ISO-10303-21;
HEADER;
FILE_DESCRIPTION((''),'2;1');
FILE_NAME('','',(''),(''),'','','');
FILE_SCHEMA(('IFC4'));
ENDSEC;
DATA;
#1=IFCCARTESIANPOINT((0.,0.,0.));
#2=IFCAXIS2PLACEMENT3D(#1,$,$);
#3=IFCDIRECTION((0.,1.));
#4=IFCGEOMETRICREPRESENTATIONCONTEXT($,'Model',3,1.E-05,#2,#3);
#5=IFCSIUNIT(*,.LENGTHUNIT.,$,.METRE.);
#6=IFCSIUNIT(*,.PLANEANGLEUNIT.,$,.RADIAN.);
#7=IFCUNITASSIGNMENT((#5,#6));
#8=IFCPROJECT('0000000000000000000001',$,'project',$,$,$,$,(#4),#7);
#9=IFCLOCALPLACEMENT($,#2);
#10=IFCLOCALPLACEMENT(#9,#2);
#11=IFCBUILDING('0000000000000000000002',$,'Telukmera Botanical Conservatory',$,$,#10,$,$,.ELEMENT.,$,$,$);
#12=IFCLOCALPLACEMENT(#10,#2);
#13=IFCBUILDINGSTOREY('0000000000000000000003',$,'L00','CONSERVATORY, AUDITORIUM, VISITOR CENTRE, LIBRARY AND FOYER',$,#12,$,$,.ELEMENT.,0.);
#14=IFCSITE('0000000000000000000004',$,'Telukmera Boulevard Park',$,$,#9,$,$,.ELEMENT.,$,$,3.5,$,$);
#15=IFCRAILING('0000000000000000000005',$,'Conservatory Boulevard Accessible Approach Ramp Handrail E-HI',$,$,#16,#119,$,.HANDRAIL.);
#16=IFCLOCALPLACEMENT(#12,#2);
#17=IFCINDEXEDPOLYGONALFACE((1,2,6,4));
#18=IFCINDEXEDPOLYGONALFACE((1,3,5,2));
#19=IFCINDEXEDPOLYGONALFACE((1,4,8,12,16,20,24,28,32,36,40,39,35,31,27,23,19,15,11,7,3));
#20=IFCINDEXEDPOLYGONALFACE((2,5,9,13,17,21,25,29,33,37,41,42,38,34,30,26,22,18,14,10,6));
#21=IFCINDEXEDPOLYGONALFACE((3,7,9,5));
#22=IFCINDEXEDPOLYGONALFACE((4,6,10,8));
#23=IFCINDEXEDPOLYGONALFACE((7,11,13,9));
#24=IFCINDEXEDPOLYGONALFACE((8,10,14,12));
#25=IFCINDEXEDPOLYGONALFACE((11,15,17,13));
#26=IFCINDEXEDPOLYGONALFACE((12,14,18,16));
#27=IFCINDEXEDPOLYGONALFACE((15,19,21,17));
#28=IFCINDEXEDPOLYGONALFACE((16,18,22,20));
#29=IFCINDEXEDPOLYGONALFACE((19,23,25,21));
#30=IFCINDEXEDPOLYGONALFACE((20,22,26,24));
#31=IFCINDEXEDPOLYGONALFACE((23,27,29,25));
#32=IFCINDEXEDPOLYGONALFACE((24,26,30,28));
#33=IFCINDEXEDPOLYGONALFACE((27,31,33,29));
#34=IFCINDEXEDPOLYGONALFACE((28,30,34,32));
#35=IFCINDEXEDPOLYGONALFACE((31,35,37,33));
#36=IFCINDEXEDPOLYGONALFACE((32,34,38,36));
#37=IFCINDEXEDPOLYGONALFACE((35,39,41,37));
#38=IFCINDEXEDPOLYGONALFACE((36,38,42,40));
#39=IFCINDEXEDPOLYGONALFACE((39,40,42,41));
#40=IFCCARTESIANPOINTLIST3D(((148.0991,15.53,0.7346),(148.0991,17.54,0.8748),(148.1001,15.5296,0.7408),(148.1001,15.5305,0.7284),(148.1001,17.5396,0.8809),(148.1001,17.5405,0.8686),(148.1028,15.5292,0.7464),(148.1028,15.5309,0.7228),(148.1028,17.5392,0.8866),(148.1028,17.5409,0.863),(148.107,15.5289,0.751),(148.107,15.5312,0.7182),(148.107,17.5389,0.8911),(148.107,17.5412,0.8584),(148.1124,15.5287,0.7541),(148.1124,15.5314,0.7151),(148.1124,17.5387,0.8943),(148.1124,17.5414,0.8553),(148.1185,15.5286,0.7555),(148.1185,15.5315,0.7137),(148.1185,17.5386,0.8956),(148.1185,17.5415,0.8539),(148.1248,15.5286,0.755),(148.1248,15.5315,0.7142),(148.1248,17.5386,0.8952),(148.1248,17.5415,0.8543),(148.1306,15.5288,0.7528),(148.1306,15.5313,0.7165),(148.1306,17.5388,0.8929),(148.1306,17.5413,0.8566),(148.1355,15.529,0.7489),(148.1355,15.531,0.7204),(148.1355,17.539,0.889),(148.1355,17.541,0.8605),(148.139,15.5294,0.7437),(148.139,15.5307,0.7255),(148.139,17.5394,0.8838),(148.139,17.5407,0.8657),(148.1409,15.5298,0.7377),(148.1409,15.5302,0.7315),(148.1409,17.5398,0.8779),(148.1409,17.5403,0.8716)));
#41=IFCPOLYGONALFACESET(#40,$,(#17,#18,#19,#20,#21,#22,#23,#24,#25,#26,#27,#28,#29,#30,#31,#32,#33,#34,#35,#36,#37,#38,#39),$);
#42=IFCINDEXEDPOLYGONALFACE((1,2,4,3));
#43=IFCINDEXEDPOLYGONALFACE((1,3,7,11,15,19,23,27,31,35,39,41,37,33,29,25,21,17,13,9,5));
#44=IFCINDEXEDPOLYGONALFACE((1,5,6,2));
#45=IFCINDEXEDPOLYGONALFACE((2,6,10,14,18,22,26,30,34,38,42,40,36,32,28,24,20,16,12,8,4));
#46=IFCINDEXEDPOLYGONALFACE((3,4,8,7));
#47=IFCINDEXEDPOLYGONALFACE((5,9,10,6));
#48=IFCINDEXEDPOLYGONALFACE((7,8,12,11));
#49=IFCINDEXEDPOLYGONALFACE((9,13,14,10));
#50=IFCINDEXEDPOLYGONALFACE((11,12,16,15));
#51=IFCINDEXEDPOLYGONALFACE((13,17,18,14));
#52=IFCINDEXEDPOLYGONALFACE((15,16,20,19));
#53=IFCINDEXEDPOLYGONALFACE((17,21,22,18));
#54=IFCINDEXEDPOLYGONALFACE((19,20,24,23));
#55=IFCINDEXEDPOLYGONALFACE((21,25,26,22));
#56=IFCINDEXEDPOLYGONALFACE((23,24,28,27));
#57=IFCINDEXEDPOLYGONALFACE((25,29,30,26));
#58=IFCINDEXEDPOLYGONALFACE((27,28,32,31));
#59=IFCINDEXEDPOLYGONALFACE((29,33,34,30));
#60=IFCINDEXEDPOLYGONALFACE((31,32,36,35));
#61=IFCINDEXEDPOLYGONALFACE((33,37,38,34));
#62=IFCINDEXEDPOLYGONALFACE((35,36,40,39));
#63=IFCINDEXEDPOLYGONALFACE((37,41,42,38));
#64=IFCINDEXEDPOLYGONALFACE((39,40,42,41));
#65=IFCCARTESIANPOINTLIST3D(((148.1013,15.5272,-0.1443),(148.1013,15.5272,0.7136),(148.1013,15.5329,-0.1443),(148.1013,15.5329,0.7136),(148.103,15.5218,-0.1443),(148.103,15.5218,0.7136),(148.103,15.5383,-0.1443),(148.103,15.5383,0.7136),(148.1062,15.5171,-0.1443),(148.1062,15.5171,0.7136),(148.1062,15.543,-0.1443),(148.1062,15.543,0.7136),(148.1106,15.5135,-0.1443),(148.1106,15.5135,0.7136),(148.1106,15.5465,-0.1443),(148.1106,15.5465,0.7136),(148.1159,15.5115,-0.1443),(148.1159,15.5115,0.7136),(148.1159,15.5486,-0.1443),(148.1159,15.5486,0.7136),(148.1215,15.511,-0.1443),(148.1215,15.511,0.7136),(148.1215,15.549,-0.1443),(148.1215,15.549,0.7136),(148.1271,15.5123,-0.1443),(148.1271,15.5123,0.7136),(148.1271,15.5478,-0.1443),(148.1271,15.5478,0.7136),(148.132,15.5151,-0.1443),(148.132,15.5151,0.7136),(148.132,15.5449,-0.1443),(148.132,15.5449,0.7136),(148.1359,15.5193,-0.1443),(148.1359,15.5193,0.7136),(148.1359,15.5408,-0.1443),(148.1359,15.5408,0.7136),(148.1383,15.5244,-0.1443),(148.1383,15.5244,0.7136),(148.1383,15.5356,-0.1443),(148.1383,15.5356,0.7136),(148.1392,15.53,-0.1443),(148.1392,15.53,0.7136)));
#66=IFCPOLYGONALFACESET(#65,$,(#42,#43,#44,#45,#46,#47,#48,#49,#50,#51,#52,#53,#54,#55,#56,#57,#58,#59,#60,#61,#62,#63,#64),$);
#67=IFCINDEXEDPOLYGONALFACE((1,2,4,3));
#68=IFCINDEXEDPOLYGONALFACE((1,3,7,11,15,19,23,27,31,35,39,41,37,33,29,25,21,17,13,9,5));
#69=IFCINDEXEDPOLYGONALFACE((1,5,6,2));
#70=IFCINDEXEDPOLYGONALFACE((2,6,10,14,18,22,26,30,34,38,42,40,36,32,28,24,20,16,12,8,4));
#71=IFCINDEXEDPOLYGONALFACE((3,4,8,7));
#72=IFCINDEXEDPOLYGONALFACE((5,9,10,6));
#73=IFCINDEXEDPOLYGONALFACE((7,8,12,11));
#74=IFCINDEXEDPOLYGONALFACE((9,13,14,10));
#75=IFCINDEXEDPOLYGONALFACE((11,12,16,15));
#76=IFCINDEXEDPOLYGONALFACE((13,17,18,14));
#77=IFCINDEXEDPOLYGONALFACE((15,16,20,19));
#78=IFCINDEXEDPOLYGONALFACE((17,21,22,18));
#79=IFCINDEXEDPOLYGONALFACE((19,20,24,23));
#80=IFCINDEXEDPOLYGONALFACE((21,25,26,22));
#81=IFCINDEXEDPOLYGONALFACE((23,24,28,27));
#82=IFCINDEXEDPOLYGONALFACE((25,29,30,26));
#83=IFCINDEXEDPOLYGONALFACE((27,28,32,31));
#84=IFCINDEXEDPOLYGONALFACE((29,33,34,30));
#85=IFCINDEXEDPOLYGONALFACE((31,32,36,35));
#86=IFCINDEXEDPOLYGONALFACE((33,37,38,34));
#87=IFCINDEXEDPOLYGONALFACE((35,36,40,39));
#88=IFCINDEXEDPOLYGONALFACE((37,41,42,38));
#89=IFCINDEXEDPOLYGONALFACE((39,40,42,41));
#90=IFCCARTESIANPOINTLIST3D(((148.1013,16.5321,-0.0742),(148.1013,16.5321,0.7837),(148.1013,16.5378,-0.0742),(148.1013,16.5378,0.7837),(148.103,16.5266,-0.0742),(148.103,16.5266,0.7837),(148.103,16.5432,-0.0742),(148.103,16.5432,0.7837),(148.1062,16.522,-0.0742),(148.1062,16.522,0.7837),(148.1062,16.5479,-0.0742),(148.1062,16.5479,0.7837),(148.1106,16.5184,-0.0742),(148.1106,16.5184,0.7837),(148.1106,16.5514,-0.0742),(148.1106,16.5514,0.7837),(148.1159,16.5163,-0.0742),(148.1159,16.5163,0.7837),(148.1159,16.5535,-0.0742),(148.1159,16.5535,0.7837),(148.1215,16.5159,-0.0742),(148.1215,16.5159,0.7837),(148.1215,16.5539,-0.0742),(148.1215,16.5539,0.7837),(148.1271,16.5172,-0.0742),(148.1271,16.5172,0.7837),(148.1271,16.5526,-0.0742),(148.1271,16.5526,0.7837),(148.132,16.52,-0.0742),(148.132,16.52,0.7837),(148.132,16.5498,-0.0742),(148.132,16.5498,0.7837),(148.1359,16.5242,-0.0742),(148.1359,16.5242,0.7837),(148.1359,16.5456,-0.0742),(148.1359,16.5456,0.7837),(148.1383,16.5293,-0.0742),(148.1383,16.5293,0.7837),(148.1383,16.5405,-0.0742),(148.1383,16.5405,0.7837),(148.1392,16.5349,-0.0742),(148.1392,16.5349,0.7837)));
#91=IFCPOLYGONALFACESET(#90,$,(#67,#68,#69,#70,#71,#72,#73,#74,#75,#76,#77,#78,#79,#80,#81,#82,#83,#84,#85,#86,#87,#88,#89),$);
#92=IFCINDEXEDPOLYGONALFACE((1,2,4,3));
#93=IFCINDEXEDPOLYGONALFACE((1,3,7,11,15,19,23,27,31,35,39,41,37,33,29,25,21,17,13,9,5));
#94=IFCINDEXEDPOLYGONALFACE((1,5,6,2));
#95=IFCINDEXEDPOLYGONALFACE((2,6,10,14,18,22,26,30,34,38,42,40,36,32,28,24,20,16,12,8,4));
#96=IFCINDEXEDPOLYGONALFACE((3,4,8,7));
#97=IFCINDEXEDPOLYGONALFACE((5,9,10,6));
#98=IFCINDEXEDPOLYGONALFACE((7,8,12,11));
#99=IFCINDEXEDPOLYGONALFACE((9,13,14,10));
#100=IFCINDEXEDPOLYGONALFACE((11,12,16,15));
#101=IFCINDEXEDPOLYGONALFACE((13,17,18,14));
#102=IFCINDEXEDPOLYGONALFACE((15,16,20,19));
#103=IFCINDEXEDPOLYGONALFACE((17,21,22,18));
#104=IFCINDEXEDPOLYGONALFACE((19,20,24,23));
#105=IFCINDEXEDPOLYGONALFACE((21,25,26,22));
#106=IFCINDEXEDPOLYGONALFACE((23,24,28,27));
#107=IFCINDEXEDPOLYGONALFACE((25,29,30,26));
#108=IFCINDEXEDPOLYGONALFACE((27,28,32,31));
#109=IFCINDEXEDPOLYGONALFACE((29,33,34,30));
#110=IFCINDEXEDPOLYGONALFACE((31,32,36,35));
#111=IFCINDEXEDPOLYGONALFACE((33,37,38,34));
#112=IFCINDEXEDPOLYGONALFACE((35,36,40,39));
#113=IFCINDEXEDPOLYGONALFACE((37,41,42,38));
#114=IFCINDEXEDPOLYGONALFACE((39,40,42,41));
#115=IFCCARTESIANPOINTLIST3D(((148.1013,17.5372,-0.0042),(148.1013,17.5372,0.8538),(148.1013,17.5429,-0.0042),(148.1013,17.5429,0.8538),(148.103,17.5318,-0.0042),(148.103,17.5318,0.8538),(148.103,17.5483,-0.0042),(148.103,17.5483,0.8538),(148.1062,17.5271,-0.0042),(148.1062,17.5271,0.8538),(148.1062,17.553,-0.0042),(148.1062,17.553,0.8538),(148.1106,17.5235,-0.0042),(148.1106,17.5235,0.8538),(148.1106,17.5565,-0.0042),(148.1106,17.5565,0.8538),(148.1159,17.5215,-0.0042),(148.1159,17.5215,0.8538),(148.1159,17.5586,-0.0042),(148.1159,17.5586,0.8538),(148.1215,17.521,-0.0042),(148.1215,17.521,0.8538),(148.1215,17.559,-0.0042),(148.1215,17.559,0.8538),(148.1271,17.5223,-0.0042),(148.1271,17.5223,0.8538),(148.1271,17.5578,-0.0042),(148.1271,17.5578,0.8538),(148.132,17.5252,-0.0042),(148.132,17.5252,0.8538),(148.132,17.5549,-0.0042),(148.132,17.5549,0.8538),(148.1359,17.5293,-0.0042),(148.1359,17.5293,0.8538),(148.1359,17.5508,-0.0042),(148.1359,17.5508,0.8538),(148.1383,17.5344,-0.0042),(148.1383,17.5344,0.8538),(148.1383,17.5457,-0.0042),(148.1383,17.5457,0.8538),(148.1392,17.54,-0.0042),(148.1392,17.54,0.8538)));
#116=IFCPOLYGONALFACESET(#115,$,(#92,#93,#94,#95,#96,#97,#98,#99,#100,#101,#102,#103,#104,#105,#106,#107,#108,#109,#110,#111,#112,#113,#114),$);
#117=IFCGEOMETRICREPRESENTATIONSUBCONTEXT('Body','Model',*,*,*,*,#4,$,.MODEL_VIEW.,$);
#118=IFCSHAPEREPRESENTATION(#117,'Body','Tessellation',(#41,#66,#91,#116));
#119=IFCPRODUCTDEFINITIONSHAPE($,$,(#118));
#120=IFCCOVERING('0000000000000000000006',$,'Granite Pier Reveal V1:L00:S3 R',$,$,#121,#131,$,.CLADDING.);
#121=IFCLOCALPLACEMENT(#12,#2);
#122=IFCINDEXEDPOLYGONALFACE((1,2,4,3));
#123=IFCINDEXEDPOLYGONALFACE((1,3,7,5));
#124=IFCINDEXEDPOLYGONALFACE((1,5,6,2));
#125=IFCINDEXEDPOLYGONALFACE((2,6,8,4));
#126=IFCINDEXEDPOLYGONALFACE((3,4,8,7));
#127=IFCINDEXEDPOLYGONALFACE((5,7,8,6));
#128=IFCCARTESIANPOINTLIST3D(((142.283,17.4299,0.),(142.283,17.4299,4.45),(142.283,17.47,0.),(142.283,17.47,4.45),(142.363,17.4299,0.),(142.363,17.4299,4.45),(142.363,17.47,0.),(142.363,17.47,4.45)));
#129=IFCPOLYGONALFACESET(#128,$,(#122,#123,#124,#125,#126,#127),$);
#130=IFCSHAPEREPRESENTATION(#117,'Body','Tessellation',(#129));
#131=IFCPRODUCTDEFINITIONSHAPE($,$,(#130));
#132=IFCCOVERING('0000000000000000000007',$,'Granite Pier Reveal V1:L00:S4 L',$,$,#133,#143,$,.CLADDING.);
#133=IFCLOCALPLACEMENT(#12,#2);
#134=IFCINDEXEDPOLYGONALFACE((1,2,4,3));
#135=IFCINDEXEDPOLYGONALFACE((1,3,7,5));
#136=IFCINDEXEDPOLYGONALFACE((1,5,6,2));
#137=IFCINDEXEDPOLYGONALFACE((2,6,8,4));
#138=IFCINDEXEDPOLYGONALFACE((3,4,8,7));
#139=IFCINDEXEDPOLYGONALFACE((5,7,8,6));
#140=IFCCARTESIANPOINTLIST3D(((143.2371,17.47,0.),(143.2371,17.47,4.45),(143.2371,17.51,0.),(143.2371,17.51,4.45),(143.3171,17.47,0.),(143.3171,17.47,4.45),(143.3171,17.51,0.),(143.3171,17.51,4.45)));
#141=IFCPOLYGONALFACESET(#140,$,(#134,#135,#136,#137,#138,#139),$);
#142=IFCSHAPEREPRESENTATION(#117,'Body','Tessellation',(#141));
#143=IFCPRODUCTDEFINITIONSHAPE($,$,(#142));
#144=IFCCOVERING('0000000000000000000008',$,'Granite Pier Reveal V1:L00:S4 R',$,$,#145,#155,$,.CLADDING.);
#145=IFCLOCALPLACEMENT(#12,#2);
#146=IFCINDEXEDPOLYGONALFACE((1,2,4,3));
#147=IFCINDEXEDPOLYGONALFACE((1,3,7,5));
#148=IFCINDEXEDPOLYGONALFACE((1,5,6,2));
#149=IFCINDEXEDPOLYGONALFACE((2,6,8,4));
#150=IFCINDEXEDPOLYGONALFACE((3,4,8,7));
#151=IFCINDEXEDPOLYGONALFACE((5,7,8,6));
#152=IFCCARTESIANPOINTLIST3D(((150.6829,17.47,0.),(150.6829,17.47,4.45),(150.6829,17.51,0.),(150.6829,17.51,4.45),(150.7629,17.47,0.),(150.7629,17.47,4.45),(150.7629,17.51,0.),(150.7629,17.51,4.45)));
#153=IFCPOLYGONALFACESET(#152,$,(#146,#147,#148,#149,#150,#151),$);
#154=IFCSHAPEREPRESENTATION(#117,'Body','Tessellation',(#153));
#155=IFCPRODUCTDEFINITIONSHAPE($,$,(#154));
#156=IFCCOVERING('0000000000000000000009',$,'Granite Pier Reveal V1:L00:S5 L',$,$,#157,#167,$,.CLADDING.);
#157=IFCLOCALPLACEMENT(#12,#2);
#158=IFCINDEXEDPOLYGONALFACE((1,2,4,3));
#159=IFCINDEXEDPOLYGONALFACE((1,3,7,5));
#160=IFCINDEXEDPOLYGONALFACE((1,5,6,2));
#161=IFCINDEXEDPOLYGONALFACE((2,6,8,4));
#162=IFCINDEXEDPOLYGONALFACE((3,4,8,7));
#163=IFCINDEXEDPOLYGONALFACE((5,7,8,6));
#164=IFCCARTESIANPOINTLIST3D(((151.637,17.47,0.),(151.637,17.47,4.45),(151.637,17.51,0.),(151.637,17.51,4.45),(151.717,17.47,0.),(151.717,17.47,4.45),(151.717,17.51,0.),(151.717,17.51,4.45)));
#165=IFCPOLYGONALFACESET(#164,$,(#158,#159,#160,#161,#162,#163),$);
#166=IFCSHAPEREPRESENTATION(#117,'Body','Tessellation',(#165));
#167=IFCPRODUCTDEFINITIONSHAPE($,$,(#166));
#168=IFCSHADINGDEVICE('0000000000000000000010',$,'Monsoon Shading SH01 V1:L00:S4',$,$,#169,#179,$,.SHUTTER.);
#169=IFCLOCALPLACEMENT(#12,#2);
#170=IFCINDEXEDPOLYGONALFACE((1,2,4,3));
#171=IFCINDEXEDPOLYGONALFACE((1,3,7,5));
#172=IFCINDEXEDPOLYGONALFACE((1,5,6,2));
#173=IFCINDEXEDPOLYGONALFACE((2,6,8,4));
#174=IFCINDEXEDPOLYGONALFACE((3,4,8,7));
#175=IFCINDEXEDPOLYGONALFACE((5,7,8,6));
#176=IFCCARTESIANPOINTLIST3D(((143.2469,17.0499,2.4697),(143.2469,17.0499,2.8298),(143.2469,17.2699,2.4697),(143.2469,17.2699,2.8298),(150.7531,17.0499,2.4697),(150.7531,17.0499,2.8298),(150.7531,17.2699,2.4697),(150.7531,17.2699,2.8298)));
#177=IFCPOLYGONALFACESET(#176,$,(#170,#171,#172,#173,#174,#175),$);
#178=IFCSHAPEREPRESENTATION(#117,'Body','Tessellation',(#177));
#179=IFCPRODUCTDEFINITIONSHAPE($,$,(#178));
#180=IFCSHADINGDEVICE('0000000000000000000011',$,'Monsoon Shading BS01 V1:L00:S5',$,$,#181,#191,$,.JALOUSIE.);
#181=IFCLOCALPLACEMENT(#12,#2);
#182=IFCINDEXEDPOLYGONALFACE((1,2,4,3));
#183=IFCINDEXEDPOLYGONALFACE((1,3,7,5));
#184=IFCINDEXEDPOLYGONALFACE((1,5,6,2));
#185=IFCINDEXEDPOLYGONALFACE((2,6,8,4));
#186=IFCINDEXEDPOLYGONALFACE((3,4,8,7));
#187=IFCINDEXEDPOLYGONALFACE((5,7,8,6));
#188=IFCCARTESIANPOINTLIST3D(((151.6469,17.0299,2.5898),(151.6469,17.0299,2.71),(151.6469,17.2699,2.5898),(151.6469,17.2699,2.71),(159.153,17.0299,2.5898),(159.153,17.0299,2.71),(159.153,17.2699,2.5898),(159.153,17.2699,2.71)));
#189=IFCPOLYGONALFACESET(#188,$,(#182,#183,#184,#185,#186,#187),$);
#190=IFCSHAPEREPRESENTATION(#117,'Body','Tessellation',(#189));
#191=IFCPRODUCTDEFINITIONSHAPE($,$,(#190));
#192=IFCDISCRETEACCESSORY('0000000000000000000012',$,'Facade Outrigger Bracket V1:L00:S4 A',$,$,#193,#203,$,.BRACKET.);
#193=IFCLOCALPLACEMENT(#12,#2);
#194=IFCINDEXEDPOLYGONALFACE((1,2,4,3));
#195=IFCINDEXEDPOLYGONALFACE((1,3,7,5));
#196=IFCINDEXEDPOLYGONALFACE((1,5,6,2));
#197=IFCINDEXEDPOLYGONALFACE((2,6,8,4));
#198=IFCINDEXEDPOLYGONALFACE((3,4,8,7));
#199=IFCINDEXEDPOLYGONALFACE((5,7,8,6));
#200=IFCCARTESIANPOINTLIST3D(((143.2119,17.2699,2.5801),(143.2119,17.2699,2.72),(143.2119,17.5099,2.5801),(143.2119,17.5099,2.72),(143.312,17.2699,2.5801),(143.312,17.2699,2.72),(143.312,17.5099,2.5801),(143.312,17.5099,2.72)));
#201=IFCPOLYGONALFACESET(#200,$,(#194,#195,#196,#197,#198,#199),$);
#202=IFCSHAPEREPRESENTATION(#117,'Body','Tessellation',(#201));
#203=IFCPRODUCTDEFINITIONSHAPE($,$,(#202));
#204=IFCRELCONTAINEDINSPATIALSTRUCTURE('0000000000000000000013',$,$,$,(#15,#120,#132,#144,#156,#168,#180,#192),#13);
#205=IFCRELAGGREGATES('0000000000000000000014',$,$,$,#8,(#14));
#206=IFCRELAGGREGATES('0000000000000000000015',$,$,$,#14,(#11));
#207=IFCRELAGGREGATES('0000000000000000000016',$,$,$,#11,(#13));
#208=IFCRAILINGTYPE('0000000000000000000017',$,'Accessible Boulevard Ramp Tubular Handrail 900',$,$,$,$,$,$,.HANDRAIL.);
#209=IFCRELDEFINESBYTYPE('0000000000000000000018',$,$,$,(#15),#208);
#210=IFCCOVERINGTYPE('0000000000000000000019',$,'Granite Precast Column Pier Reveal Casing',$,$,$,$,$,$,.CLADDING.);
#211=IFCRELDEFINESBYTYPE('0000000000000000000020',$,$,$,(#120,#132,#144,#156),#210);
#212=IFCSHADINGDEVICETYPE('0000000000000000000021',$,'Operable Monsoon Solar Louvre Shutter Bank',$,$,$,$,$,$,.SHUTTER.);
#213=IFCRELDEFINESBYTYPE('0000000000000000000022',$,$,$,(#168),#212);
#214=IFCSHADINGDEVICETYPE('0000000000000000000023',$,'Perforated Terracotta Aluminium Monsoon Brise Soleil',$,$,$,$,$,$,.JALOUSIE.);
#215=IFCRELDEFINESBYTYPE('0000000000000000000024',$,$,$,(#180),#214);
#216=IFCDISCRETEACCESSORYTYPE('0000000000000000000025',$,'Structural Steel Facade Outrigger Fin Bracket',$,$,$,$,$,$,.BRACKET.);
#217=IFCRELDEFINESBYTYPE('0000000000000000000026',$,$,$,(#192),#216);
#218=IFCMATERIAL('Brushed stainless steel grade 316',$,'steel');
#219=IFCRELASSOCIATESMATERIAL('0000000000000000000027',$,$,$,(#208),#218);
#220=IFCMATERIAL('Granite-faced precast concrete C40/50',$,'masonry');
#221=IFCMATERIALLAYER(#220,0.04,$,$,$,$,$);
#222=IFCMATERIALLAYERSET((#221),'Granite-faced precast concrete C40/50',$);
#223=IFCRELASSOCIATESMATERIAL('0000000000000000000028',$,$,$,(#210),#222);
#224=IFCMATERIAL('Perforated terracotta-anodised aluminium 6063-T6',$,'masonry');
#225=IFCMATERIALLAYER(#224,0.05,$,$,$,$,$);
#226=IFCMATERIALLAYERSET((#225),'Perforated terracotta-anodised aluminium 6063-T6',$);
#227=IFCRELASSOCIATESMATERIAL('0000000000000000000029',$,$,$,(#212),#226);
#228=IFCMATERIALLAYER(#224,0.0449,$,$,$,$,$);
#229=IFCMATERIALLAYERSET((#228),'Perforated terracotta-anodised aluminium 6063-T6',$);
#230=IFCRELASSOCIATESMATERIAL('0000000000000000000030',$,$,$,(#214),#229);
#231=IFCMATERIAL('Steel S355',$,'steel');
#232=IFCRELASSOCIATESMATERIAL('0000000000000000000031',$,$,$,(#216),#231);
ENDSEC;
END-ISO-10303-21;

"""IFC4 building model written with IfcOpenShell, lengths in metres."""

from ifc_helpers import new_model, si_unit, direction, frame, origin, origin_2d, place, context, subcontext, project, spatial, rectangle, circle, extrude, material, layer, layer_set, type_object, element, save


model = new_model("IFC4")

# Units and contexts
model_context = context("Model", 3, precision=1e-05, world=origin(), true_north=direction((0.0, 1.0)))
body_context = subcontext(model_context, "Body", "Model", "MODEL_VIEW")
ifc_project = project(units=[si_unit("LENGTHUNIT", "METRE"), si_unit("PLANEANGLEUNIT", "RADIAN")], contexts=[model_context])

# Site, building, storey
site_placement = place(None, origin())
site = spatial("IfcSite", under=ifc_project, at=site_placement, Name="Telukmera Boulevard Park", CompositionType="ELEMENT", RefElevation=3.5)
building_placement = place(site_placement, origin())
building = spatial("IfcBuilding", under=site, at=building_placement, Name="Telukmera Botanical Conservatory", CompositionType="ELEMENT")
storey_placement = place(building_placement, origin())
storey = spatial("IfcBuildingStorey", under=building, at=storey_placement, Name="L00", Description="CONSERVATORY, AUDITORIUM, VISITOR CENTRE, LIBRARY AND FOYER", CompositionType="ELEMENT", Elevation=0.0)

# Railing
ifc_material_1 = material(Name="Brushed stainless steel grade 316", Category="steel")
railing_type = type_object("IfcRailingType", Name="Accessible Boulevard Ramp Tubular Handrail 900", PredefinedType="HANDRAIL", material=ifc_material_1)
railing_1_placement = place(storey_placement, frame((148.1201, 15.53, -0.1443)))
element("IfcRailing", 1, at=railing_1_placement, inside=storey, type_object=railing_type, Name="Conservatory Boulevard Accessible Approach Ramp Handrail E-HI", PredefinedType="HANDRAIL", context=body_context, shape_type="SweptSolid", body=[
    extrude(circle(Radius=0.021, at=origin_2d()), frame((0.0, 0.0, 0.8789), z_axis=(0.0, 0.997578, 0.069551), x_axis=(-1.0, 0.0, 0.0)), (0.0, 0.0, 1.0), 2.0149),
    extrude(circle(Radius=0.019, at=origin_2d()), origin(), (0.0, 0.0, 1.0), 0.8579),
    extrude(circle(Radius=0.019, at=origin_2d()), frame((0.0, 1.0049, 0.0701)), (0.0, 0.0, 1.0), 0.8579),
    extrude(circle(Radius=0.019, at=origin_2d()), frame((0.0, 2.01, 0.1401)), (0.0, 0.0, 1.0), 0.8579),
])

# Coverings
ifc_material_2 = material(Name="Granite-faced precast concrete C40/50", Category="masonry")
ifc_layer_1 = layer(ifc_material_2, 0.04)
ifc_layer_set_1 = layer_set([ifc_layer_1], Name="Granite-faced precast concrete C40/50")
covering_type = type_object("IfcCoveringType", Name="Granite Precast Column Pier Reveal Casing", PredefinedType="CLADDING", material=ifc_layer_set_1)
for number, where, z_axis, x_axis, name in (
    (2, (142.323, 17.45, 0.0), (0.0, 0.0, 1.0), (1.0, 0.0, 0.0), "Granite Pier Reveal V1:L00:S3 R"),
    (3, (143.2771, 17.49, 0.0), (0.0, 0.0, 1.0), (1.0, 0.0, 0.0), "Granite Pier Reveal V1:L00:S4 L"),
    (4, (150.7229, 17.49, 0.0), (0.0, 0.0, 1.0), (1.0, 0.0, 0.0), "Granite Pier Reveal V1:L00:S4 R"),
    (5, (151.677, 17.49, 0.0), (0.0, 0.0, 1.0), (1.0, 0.0, 0.0), "Granite Pier Reveal V1:L00:S5 L"),
):
    element("IfcCovering", number, at=place(storey_placement, frame(where, z_axis=z_axis, x_axis=x_axis)), inside=storey, type_object=covering_type, Name=name, PredefinedType="CLADDING", context=body_context, shape_type="SweptSolid", body=[
        extrude(rectangle(XDim=0.0801, YDim=0.04, at=origin_2d()), origin(), (0.0, 0.0, 1.0), 4.45),
    ])

# Shading devices
ifc_material_3 = material(Name="Perforated terracotta-anodised aluminium 6063-T6", Category="masonry")
ifc_layer_2 = layer(ifc_material_3, 0.05)
ifc_layer_set_2 = layer_set([ifc_layer_2], Name="Perforated terracotta-anodised aluminium 6063-T6")
shading_device_type_1 = type_object("IfcShadingDeviceType", Name="Operable Monsoon Solar Louvre Shutter Bank", PredefinedType="SHUTTER", material=ifc_layer_set_2)
shading_device_1_placement = place(storey_placement, frame((147.0, 17.1599, 2.4697), z_axis=(0.0, 0.0, 1.0), x_axis=(1.0, 0.0, 0.0)))
element("IfcShadingDevice", 6, at=shading_device_1_placement, inside=storey, type_object=shading_device_type_1, Name="Monsoon Shading SH01 V1:L00:S4", PredefinedType="SHUTTER", context=body_context, shape_type="SweptSolid", body=[
    extrude(rectangle(XDim=7.5061, YDim=0.22, at=origin_2d()), origin(), (0.0, 0.0, 1.0), 0.3601),
])
ifc_layer_3 = layer(ifc_material_3, 0.0449)
ifc_layer_set_3 = layer_set([ifc_layer_3], Name="Perforated terracotta-anodised aluminium 6063-T6")
shading_device_type_2 = type_object("IfcShadingDeviceType", Name="Perforated Terracotta Aluminium Monsoon Brise Soleil", PredefinedType="JALOUSIE", material=ifc_layer_set_3)
shading_device_2_placement = place(storey_placement, frame((155.3999, 17.1499, 2.5898), z_axis=(0.0, 0.0, 1.0), x_axis=(1.0, 0.0, 0.0)))
element("IfcShadingDevice", 7, at=shading_device_2_placement, inside=storey, type_object=shading_device_type_2, Name="Monsoon Shading BS01 V1:L00:S5", PredefinedType="JALOUSIE", context=body_context, shape_type="SweptSolid", body=[
    extrude(rectangle(XDim=7.5061, YDim=0.24, at=origin_2d()), origin(), (0.0, 0.0, 1.0), 0.1201),
])

# Discrete accessory
ifc_material_4 = material(Name="Steel S355", Category="steel")
discrete_accessory_type = type_object("IfcDiscreteAccessoryType", Name="Structural Steel Facade Outrigger Fin Bracket", PredefinedType="BRACKET", material=ifc_material_4)
for number, where, z_axis, x_axis, name in (
    (8, (143.262, 17.3899, 2.5801), (0.0, 0.0, 1.0), (1.0, 0.0, 0.0), "Facade Outrigger Bracket V1:L00:S4 A"),
):
    element("IfcDiscreteAccessory", number, at=place(storey_placement, frame(where, z_axis=z_axis, x_axis=x_axis)), inside=storey, type_object=discrete_accessory_type, Name=name, PredefinedType="BRACKET", context=body_context, shape_type="SweptSolid", body=[
        extrude(rectangle(XDim=0.1001, YDim=0.24, at=origin_2d()), origin(), (0.0, 0.0, 1.0), 0.1399),
    ])

save(model, "model.ifc")
